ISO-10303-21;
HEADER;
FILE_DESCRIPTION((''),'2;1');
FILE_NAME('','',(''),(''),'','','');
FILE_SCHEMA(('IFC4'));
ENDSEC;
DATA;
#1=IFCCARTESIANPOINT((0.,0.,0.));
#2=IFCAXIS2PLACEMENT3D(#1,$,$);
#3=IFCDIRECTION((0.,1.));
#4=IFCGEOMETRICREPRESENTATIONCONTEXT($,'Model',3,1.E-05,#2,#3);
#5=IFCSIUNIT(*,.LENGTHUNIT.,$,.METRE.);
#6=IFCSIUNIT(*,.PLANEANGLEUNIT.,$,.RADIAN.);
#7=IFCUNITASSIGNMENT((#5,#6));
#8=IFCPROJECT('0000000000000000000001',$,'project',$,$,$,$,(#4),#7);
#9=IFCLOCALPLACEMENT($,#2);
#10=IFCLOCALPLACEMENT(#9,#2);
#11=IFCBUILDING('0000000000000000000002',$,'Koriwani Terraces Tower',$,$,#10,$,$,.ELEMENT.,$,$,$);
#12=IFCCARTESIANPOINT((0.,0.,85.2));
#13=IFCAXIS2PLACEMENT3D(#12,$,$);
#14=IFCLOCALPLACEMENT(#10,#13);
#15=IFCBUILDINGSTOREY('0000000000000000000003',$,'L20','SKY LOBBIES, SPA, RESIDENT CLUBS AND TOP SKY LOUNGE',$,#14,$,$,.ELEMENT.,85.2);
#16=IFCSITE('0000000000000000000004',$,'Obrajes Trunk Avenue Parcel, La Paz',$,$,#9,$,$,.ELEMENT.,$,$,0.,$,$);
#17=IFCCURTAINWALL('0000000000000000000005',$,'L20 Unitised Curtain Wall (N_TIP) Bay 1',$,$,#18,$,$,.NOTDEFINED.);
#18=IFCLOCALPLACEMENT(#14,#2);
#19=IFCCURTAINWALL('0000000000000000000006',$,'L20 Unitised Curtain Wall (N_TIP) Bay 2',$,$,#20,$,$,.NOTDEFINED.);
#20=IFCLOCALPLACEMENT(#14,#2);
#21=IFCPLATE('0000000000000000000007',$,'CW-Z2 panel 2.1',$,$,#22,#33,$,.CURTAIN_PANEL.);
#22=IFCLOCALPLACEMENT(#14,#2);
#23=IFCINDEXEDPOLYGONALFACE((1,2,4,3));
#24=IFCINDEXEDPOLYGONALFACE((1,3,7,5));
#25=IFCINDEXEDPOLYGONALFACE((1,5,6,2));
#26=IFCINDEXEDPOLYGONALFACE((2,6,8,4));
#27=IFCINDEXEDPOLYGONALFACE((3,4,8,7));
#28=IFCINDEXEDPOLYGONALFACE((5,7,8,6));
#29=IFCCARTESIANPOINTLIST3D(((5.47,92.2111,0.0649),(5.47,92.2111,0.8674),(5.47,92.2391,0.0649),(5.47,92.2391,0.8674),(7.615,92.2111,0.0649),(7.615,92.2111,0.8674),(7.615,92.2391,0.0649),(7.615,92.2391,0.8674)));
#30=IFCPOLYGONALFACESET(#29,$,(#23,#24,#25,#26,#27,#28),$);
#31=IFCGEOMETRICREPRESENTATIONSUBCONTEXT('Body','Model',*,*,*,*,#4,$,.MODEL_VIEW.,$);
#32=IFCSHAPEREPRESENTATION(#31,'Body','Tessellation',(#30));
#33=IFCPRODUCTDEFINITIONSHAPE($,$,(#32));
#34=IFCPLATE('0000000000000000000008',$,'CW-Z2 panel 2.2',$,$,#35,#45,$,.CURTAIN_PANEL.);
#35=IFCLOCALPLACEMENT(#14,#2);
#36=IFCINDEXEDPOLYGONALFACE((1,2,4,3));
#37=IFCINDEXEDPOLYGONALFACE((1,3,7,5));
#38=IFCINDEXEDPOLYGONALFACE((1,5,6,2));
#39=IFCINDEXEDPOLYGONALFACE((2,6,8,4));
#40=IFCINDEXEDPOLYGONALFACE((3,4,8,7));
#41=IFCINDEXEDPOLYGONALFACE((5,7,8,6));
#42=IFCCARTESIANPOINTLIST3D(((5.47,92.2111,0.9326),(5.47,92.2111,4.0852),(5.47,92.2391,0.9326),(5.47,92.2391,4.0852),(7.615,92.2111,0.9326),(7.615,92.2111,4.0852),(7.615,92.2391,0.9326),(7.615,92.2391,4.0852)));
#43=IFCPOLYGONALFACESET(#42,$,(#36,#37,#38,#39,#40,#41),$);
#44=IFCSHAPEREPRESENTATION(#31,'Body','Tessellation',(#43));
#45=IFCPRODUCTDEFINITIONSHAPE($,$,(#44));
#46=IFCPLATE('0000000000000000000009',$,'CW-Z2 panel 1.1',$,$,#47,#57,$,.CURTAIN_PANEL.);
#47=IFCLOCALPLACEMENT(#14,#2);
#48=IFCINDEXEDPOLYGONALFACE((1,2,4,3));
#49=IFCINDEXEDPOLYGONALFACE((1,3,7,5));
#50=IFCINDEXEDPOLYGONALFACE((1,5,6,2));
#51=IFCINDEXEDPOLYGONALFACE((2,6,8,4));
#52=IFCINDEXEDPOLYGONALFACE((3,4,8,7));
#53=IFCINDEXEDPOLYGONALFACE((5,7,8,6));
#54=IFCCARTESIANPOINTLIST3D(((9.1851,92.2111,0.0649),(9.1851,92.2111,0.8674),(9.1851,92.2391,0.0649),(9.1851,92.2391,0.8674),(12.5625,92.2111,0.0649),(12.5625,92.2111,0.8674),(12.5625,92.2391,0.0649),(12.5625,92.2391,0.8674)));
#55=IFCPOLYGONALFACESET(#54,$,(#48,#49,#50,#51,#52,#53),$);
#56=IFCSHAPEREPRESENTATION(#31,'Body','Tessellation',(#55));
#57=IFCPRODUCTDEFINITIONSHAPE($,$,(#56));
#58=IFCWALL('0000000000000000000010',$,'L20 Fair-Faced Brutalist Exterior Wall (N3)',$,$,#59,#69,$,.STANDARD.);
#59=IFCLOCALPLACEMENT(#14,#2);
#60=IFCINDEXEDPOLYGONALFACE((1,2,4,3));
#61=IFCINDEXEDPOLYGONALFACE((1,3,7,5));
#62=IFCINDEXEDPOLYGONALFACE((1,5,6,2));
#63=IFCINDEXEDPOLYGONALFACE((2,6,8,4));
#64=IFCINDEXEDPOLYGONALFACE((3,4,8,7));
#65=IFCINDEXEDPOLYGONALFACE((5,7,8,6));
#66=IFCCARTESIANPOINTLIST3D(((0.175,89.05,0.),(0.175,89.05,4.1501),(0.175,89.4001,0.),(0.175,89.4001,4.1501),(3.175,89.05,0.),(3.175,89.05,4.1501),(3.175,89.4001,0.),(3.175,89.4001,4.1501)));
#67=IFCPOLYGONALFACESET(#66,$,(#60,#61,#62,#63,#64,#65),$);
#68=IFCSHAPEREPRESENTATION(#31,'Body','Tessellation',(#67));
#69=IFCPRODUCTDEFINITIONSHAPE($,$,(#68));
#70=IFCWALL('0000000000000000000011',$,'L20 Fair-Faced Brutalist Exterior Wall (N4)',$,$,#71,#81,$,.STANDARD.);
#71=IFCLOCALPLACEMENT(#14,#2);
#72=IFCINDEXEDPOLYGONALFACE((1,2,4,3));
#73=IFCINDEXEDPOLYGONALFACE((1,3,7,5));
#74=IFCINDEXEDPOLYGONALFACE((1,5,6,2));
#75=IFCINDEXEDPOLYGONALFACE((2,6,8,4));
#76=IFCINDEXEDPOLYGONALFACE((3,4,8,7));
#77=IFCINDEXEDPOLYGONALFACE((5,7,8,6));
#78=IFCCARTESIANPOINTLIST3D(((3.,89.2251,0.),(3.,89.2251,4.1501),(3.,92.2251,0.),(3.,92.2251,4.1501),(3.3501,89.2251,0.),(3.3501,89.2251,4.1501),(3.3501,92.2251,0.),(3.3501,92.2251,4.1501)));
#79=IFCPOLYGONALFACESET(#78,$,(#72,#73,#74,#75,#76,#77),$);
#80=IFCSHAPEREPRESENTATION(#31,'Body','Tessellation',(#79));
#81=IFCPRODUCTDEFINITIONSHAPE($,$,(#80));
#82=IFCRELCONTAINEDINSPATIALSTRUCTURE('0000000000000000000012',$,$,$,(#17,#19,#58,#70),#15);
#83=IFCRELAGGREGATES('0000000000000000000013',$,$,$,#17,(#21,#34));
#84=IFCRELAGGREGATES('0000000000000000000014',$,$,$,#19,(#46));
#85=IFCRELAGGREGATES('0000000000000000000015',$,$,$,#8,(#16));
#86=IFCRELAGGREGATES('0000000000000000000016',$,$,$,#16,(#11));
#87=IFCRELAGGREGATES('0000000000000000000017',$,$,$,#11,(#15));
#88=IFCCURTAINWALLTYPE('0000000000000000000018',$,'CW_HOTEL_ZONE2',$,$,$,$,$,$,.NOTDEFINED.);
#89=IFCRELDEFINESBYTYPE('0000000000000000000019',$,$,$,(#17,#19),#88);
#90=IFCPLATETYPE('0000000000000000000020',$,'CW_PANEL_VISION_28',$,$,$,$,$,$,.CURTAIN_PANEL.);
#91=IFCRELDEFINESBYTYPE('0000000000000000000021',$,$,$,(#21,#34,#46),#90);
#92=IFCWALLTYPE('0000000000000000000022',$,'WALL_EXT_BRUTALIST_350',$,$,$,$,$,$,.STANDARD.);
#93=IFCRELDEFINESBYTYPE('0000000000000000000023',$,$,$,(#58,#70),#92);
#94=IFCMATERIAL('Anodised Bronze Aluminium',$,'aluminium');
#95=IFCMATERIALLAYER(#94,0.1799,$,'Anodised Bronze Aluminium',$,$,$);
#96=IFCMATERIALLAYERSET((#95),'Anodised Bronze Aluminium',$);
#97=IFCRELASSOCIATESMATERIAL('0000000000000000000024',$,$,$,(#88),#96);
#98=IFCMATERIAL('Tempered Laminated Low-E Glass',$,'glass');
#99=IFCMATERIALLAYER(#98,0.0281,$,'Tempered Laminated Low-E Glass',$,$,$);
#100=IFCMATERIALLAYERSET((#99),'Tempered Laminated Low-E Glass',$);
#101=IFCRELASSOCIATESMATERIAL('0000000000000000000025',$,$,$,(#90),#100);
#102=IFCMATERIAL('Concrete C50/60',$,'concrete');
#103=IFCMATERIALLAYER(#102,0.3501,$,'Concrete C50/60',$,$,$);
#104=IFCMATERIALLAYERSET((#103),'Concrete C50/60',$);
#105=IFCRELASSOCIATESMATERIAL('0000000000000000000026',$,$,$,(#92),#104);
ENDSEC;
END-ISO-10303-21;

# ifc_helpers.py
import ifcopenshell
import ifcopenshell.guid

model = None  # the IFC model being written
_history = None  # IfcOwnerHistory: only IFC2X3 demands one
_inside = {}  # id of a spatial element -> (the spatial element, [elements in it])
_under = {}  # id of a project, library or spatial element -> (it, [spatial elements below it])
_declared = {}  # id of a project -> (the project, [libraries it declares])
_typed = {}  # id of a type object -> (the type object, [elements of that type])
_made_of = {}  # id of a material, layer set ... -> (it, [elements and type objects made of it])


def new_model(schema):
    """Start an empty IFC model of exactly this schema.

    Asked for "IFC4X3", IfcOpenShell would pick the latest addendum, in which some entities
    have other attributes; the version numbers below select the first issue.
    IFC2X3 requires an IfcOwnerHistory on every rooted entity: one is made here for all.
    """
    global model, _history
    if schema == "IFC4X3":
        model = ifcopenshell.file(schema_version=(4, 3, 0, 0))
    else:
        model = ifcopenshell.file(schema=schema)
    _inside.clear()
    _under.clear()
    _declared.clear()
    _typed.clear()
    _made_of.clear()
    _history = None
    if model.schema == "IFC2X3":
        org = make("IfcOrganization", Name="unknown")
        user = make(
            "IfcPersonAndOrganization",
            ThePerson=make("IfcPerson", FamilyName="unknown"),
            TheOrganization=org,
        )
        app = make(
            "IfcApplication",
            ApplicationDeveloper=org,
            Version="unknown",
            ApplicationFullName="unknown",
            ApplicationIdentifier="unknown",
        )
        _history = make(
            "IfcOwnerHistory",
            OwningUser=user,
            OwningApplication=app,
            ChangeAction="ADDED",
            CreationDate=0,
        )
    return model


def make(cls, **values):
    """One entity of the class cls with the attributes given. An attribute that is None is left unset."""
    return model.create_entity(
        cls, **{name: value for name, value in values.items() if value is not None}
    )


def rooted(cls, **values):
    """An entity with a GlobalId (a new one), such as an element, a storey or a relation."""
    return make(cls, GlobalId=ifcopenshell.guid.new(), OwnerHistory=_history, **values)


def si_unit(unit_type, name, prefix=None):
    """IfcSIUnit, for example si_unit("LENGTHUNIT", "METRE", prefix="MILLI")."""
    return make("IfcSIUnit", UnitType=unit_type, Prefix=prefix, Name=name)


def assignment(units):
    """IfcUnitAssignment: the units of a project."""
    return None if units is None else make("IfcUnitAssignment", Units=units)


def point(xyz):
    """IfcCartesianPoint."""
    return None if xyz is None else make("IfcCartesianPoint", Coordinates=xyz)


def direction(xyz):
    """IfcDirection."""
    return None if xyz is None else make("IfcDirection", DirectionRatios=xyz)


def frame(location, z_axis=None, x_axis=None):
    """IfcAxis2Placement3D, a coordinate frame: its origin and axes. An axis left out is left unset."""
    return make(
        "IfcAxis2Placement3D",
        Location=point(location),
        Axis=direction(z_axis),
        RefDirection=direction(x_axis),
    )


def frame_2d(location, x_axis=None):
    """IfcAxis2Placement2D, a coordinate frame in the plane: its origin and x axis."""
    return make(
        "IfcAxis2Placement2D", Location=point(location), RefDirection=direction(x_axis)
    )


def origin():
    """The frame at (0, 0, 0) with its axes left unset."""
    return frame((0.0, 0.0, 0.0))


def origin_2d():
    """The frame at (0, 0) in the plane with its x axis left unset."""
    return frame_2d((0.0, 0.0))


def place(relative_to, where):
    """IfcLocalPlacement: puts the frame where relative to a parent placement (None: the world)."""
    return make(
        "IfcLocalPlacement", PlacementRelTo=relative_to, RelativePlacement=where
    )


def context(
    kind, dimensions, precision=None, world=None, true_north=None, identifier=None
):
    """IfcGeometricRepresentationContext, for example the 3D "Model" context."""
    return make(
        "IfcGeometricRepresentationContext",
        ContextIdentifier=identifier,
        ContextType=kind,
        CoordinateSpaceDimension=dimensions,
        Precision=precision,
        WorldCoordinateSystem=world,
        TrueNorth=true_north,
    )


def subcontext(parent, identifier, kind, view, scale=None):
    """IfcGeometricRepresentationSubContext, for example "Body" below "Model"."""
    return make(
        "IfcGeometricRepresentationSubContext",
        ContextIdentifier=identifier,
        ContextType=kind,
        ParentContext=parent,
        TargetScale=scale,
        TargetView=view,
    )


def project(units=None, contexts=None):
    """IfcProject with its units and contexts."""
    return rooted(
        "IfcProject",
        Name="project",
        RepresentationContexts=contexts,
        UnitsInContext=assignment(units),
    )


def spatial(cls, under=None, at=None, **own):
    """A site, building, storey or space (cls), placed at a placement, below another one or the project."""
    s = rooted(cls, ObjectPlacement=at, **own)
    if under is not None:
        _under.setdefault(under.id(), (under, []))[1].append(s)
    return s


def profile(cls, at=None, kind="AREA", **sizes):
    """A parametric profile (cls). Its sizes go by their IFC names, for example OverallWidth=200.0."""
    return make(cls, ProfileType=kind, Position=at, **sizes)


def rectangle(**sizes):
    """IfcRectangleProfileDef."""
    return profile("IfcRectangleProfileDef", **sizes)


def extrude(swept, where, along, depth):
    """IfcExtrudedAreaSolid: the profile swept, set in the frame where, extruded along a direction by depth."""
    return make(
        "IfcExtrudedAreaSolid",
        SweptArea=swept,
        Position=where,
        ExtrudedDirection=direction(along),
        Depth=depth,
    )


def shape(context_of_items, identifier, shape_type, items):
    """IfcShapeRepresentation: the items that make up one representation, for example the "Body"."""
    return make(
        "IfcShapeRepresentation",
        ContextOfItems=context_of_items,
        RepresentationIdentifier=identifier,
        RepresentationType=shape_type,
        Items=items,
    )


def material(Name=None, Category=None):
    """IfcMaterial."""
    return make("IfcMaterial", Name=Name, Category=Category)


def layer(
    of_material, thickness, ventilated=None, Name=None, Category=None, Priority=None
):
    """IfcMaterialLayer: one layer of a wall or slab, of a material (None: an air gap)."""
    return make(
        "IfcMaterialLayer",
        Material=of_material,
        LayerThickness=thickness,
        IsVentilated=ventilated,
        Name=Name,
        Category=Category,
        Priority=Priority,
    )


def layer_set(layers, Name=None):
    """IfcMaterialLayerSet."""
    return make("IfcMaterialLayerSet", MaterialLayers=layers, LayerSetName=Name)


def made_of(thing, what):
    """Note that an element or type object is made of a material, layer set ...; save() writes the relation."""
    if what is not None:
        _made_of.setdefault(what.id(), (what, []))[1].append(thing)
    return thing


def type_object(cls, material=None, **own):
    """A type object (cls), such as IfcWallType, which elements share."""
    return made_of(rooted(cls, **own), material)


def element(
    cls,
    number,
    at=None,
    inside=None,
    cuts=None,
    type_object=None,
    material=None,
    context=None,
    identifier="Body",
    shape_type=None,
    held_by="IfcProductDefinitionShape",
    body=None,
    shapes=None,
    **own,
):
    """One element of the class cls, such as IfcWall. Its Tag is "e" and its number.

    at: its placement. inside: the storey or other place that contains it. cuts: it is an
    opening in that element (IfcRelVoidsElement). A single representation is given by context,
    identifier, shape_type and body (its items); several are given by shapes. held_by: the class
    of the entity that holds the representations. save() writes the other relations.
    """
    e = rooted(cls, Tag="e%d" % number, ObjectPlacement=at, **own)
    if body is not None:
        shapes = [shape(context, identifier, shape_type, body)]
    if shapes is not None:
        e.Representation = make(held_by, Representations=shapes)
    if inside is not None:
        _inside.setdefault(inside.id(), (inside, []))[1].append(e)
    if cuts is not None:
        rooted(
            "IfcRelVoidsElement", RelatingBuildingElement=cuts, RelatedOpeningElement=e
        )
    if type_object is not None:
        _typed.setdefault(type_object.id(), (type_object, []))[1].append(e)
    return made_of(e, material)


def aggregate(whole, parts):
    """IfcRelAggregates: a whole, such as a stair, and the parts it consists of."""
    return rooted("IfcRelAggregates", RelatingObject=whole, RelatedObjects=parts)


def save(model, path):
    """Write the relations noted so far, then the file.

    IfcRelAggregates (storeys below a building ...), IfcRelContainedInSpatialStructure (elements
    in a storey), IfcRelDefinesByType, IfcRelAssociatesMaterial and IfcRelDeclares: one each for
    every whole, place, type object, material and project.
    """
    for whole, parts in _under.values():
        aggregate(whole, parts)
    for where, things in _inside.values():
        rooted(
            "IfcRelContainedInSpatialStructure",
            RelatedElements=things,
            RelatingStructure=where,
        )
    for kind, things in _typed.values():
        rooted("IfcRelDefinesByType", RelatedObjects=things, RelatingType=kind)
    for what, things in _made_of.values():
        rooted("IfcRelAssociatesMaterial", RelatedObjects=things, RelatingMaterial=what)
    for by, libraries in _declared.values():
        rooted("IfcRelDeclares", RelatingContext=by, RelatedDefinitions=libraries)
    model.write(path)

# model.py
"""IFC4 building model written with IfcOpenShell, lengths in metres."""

from ifc_helpers import new_model, si_unit, direction, frame, frame_2d, origin, origin_2d, place, context, subcontext, project, spatial, rectangle, extrude, material, layer, layer_set, type_object, element, aggregate, save


model = new_model("IFC4")

# Units and contexts
model_context = context("Model", 3, precision=1e-05, world=origin(), true_north=direction((0.0, 1.0)))
body_context = subcontext(model_context, "Body", "Model", "MODEL_VIEW")
ifc_project = project(units=[si_unit("LENGTHUNIT", "METRE"), si_unit("PLANEANGLEUNIT", "RADIAN")], contexts=[model_context])

# Site, building, storey
site_placement = place(None, origin())
site = spatial("IfcSite", under=ifc_project, at=site_placement, Name="Obrajes Trunk Avenue Parcel, La Paz", CompositionType="ELEMENT", RefElevation=0.0)
building_placement = place(site_placement, origin())
building = spatial("IfcBuilding", under=site, at=building_placement, Name="Koriwani Terraces Tower", CompositionType="ELEMENT")
storey_placement = place(building_placement, frame((0.0, 0.0, 85.2)))
storey = spatial("IfcBuildingStorey", under=building, at=storey_placement, Name="L20", Description="SKY LOBBIES, SPA, RESIDENT CLUBS AND TOP SKY LOUNGE", CompositionType="ELEMENT", Elevation=85.2)

# Shared definitions
ifc_material_1 = material(Name="Concrete C50/60", Category="concrete")

# Curtain wall
ifc_material_2 = material(Name="Anodised Bronze Aluminium", Category="aluminium")
ifc_layer_1 = layer(ifc_material_2, 0.1799, Name="Anodised Bronze Aluminium")
ifc_layer_set_1 = layer_set([ifc_layer_1], Name="Anodised Bronze Aluminium")
curtain_wall_type = type_object("IfcCurtainWallType", Name="CW_HOTEL_ZONE2", PredefinedType="NOTDEFINED", material=ifc_layer_set_1)
curtain_wall_1_placement = place(storey_placement, origin())
curtain_wall_1 = element("IfcCurtainWall", 1, at=curtain_wall_1_placement, inside=storey, type_object=curtain_wall_type, Name="L20 Unitised Curtain Wall (N_TIP) Bay 1", PredefinedType="NOTDEFINED")

# Curtain wall
curtain_wall_2_placement = place(storey_placement, origin())
curtain_wall_2 = element("IfcCurtainWall", 2, at=curtain_wall_2_placement, inside=storey, type_object=curtain_wall_type, Name="L20 Unitised Curtain Wall (N_TIP) Bay 2", PredefinedType="NOTDEFINED")

# Plates
ifc_material_3 = material(Name="Tempered Laminated Low-E Glass", Category="glass")
ifc_layer_2 = layer(ifc_material_3, 0.0281, Name="Tempered Laminated Low-E Glass")
ifc_layer_set_2 = layer_set([ifc_layer_2], Name="Tempered Laminated Low-E Glass")
plate_type = type_object("IfcPlateType", Name="CW_PANEL_VISION_28", PredefinedType="CURTAIN_PANEL", material=ifc_layer_set_2)
plate_1_placement = place(storey_placement, frame((6.5425, 92.2251, 0.0649), z_axis=(0.0, 0.0, 1.0), x_axis=(1.0, 0.0, 0.0)))
plate_1 = element("IfcPlate", 3, at=plate_1_placement, type_object=plate_type, Name="CW-Z2 panel 2.1", PredefinedType="CURTAIN_PANEL", context=body_context, shape_type="SweptSolid", body=[
    extrude(rectangle(XDim=2.145, YDim=0.0281, at=origin_2d()), origin(), (0.0, 0.0, 1.0), 0.8025),
])
plate_2_placement = place(storey_placement, frame((6.5425, 92.2251, 0.9326), z_axis=(0.0, 0.0, 1.0), x_axis=(1.0, 0.0, 0.0)))
plate_2 = element("IfcPlate", 4, at=plate_2_placement, type_object=plate_type, Name="CW-Z2 panel 2.2", PredefinedType="CURTAIN_PANEL", context=body_context, shape_type="SweptSolid", body=[
    extrude(rectangle(XDim=2.145, YDim=0.0281, at=origin_2d()), origin(), (0.0, 0.0, 1.0), 3.1526),
])
aggregate(curtain_wall_1, [plate_1, plate_2])
plate_3_placement = place(storey_placement, frame((10.8738, 92.2251, 0.0649), z_axis=(0.0, 0.0, 1.0), x_axis=(1.0, 0.0, 0.0)))
plate_3 = element("IfcPlate", 5, at=plate_3_placement, type_object=plate_type, Name="CW-Z2 panel 1.1", PredefinedType="CURTAIN_PANEL", context=body_context, shape_type="SweptSolid", body=[
    extrude(rectangle(XDim=3.3774, YDim=0.0281, at=origin_2d()), origin(), (0.0, 0.0, 1.0), 0.8025),
])
aggregate(curtain_wall_2, [plate_3])

# Walls
ifc_layer_3 = layer(ifc_material_1, 0.3501, Name="Concrete C50/60")
ifc_layer_set_3 = layer_set([ifc_layer_3], Name="Concrete C50/60")
wall_type = type_object("IfcWallType", Name="WALL_EXT_BRUTALIST_350", PredefinedType="STANDARD", material=ifc_layer_set_3)
for number, where, z_axis, x_axis, name in (
    (6, (0.175, 89.2251, 0.0), (0.0, 0.0, 1.0), (1.0, 0.0, 0.0), "L20 Fair-Faced Brutalist Exterior Wall (N3)"),
    (7, (3.175, 89.2251, 0.0), (0.0, 0.0, 1.0), (0.0, 1.0, 0.0), "L20 Fair-Faced Brutalist Exterior Wall (N4)"),
):
    element("IfcWall", number, at=place(storey_placement, frame(where, z_axis=z_axis, x_axis=x_axis)), inside=storey, type_object=wall_type, Name=name, PredefinedType="STANDARD", context=body_context, shape_type="SweptSolid", body=[
        extrude(rectangle(XDim=3.0, YDim=0.3501, at=frame_2d((1.5, 0.0))), origin(), (0.0, 0.0, 1.0), 4.1501),
    ])

save(model, "model.ifc")
